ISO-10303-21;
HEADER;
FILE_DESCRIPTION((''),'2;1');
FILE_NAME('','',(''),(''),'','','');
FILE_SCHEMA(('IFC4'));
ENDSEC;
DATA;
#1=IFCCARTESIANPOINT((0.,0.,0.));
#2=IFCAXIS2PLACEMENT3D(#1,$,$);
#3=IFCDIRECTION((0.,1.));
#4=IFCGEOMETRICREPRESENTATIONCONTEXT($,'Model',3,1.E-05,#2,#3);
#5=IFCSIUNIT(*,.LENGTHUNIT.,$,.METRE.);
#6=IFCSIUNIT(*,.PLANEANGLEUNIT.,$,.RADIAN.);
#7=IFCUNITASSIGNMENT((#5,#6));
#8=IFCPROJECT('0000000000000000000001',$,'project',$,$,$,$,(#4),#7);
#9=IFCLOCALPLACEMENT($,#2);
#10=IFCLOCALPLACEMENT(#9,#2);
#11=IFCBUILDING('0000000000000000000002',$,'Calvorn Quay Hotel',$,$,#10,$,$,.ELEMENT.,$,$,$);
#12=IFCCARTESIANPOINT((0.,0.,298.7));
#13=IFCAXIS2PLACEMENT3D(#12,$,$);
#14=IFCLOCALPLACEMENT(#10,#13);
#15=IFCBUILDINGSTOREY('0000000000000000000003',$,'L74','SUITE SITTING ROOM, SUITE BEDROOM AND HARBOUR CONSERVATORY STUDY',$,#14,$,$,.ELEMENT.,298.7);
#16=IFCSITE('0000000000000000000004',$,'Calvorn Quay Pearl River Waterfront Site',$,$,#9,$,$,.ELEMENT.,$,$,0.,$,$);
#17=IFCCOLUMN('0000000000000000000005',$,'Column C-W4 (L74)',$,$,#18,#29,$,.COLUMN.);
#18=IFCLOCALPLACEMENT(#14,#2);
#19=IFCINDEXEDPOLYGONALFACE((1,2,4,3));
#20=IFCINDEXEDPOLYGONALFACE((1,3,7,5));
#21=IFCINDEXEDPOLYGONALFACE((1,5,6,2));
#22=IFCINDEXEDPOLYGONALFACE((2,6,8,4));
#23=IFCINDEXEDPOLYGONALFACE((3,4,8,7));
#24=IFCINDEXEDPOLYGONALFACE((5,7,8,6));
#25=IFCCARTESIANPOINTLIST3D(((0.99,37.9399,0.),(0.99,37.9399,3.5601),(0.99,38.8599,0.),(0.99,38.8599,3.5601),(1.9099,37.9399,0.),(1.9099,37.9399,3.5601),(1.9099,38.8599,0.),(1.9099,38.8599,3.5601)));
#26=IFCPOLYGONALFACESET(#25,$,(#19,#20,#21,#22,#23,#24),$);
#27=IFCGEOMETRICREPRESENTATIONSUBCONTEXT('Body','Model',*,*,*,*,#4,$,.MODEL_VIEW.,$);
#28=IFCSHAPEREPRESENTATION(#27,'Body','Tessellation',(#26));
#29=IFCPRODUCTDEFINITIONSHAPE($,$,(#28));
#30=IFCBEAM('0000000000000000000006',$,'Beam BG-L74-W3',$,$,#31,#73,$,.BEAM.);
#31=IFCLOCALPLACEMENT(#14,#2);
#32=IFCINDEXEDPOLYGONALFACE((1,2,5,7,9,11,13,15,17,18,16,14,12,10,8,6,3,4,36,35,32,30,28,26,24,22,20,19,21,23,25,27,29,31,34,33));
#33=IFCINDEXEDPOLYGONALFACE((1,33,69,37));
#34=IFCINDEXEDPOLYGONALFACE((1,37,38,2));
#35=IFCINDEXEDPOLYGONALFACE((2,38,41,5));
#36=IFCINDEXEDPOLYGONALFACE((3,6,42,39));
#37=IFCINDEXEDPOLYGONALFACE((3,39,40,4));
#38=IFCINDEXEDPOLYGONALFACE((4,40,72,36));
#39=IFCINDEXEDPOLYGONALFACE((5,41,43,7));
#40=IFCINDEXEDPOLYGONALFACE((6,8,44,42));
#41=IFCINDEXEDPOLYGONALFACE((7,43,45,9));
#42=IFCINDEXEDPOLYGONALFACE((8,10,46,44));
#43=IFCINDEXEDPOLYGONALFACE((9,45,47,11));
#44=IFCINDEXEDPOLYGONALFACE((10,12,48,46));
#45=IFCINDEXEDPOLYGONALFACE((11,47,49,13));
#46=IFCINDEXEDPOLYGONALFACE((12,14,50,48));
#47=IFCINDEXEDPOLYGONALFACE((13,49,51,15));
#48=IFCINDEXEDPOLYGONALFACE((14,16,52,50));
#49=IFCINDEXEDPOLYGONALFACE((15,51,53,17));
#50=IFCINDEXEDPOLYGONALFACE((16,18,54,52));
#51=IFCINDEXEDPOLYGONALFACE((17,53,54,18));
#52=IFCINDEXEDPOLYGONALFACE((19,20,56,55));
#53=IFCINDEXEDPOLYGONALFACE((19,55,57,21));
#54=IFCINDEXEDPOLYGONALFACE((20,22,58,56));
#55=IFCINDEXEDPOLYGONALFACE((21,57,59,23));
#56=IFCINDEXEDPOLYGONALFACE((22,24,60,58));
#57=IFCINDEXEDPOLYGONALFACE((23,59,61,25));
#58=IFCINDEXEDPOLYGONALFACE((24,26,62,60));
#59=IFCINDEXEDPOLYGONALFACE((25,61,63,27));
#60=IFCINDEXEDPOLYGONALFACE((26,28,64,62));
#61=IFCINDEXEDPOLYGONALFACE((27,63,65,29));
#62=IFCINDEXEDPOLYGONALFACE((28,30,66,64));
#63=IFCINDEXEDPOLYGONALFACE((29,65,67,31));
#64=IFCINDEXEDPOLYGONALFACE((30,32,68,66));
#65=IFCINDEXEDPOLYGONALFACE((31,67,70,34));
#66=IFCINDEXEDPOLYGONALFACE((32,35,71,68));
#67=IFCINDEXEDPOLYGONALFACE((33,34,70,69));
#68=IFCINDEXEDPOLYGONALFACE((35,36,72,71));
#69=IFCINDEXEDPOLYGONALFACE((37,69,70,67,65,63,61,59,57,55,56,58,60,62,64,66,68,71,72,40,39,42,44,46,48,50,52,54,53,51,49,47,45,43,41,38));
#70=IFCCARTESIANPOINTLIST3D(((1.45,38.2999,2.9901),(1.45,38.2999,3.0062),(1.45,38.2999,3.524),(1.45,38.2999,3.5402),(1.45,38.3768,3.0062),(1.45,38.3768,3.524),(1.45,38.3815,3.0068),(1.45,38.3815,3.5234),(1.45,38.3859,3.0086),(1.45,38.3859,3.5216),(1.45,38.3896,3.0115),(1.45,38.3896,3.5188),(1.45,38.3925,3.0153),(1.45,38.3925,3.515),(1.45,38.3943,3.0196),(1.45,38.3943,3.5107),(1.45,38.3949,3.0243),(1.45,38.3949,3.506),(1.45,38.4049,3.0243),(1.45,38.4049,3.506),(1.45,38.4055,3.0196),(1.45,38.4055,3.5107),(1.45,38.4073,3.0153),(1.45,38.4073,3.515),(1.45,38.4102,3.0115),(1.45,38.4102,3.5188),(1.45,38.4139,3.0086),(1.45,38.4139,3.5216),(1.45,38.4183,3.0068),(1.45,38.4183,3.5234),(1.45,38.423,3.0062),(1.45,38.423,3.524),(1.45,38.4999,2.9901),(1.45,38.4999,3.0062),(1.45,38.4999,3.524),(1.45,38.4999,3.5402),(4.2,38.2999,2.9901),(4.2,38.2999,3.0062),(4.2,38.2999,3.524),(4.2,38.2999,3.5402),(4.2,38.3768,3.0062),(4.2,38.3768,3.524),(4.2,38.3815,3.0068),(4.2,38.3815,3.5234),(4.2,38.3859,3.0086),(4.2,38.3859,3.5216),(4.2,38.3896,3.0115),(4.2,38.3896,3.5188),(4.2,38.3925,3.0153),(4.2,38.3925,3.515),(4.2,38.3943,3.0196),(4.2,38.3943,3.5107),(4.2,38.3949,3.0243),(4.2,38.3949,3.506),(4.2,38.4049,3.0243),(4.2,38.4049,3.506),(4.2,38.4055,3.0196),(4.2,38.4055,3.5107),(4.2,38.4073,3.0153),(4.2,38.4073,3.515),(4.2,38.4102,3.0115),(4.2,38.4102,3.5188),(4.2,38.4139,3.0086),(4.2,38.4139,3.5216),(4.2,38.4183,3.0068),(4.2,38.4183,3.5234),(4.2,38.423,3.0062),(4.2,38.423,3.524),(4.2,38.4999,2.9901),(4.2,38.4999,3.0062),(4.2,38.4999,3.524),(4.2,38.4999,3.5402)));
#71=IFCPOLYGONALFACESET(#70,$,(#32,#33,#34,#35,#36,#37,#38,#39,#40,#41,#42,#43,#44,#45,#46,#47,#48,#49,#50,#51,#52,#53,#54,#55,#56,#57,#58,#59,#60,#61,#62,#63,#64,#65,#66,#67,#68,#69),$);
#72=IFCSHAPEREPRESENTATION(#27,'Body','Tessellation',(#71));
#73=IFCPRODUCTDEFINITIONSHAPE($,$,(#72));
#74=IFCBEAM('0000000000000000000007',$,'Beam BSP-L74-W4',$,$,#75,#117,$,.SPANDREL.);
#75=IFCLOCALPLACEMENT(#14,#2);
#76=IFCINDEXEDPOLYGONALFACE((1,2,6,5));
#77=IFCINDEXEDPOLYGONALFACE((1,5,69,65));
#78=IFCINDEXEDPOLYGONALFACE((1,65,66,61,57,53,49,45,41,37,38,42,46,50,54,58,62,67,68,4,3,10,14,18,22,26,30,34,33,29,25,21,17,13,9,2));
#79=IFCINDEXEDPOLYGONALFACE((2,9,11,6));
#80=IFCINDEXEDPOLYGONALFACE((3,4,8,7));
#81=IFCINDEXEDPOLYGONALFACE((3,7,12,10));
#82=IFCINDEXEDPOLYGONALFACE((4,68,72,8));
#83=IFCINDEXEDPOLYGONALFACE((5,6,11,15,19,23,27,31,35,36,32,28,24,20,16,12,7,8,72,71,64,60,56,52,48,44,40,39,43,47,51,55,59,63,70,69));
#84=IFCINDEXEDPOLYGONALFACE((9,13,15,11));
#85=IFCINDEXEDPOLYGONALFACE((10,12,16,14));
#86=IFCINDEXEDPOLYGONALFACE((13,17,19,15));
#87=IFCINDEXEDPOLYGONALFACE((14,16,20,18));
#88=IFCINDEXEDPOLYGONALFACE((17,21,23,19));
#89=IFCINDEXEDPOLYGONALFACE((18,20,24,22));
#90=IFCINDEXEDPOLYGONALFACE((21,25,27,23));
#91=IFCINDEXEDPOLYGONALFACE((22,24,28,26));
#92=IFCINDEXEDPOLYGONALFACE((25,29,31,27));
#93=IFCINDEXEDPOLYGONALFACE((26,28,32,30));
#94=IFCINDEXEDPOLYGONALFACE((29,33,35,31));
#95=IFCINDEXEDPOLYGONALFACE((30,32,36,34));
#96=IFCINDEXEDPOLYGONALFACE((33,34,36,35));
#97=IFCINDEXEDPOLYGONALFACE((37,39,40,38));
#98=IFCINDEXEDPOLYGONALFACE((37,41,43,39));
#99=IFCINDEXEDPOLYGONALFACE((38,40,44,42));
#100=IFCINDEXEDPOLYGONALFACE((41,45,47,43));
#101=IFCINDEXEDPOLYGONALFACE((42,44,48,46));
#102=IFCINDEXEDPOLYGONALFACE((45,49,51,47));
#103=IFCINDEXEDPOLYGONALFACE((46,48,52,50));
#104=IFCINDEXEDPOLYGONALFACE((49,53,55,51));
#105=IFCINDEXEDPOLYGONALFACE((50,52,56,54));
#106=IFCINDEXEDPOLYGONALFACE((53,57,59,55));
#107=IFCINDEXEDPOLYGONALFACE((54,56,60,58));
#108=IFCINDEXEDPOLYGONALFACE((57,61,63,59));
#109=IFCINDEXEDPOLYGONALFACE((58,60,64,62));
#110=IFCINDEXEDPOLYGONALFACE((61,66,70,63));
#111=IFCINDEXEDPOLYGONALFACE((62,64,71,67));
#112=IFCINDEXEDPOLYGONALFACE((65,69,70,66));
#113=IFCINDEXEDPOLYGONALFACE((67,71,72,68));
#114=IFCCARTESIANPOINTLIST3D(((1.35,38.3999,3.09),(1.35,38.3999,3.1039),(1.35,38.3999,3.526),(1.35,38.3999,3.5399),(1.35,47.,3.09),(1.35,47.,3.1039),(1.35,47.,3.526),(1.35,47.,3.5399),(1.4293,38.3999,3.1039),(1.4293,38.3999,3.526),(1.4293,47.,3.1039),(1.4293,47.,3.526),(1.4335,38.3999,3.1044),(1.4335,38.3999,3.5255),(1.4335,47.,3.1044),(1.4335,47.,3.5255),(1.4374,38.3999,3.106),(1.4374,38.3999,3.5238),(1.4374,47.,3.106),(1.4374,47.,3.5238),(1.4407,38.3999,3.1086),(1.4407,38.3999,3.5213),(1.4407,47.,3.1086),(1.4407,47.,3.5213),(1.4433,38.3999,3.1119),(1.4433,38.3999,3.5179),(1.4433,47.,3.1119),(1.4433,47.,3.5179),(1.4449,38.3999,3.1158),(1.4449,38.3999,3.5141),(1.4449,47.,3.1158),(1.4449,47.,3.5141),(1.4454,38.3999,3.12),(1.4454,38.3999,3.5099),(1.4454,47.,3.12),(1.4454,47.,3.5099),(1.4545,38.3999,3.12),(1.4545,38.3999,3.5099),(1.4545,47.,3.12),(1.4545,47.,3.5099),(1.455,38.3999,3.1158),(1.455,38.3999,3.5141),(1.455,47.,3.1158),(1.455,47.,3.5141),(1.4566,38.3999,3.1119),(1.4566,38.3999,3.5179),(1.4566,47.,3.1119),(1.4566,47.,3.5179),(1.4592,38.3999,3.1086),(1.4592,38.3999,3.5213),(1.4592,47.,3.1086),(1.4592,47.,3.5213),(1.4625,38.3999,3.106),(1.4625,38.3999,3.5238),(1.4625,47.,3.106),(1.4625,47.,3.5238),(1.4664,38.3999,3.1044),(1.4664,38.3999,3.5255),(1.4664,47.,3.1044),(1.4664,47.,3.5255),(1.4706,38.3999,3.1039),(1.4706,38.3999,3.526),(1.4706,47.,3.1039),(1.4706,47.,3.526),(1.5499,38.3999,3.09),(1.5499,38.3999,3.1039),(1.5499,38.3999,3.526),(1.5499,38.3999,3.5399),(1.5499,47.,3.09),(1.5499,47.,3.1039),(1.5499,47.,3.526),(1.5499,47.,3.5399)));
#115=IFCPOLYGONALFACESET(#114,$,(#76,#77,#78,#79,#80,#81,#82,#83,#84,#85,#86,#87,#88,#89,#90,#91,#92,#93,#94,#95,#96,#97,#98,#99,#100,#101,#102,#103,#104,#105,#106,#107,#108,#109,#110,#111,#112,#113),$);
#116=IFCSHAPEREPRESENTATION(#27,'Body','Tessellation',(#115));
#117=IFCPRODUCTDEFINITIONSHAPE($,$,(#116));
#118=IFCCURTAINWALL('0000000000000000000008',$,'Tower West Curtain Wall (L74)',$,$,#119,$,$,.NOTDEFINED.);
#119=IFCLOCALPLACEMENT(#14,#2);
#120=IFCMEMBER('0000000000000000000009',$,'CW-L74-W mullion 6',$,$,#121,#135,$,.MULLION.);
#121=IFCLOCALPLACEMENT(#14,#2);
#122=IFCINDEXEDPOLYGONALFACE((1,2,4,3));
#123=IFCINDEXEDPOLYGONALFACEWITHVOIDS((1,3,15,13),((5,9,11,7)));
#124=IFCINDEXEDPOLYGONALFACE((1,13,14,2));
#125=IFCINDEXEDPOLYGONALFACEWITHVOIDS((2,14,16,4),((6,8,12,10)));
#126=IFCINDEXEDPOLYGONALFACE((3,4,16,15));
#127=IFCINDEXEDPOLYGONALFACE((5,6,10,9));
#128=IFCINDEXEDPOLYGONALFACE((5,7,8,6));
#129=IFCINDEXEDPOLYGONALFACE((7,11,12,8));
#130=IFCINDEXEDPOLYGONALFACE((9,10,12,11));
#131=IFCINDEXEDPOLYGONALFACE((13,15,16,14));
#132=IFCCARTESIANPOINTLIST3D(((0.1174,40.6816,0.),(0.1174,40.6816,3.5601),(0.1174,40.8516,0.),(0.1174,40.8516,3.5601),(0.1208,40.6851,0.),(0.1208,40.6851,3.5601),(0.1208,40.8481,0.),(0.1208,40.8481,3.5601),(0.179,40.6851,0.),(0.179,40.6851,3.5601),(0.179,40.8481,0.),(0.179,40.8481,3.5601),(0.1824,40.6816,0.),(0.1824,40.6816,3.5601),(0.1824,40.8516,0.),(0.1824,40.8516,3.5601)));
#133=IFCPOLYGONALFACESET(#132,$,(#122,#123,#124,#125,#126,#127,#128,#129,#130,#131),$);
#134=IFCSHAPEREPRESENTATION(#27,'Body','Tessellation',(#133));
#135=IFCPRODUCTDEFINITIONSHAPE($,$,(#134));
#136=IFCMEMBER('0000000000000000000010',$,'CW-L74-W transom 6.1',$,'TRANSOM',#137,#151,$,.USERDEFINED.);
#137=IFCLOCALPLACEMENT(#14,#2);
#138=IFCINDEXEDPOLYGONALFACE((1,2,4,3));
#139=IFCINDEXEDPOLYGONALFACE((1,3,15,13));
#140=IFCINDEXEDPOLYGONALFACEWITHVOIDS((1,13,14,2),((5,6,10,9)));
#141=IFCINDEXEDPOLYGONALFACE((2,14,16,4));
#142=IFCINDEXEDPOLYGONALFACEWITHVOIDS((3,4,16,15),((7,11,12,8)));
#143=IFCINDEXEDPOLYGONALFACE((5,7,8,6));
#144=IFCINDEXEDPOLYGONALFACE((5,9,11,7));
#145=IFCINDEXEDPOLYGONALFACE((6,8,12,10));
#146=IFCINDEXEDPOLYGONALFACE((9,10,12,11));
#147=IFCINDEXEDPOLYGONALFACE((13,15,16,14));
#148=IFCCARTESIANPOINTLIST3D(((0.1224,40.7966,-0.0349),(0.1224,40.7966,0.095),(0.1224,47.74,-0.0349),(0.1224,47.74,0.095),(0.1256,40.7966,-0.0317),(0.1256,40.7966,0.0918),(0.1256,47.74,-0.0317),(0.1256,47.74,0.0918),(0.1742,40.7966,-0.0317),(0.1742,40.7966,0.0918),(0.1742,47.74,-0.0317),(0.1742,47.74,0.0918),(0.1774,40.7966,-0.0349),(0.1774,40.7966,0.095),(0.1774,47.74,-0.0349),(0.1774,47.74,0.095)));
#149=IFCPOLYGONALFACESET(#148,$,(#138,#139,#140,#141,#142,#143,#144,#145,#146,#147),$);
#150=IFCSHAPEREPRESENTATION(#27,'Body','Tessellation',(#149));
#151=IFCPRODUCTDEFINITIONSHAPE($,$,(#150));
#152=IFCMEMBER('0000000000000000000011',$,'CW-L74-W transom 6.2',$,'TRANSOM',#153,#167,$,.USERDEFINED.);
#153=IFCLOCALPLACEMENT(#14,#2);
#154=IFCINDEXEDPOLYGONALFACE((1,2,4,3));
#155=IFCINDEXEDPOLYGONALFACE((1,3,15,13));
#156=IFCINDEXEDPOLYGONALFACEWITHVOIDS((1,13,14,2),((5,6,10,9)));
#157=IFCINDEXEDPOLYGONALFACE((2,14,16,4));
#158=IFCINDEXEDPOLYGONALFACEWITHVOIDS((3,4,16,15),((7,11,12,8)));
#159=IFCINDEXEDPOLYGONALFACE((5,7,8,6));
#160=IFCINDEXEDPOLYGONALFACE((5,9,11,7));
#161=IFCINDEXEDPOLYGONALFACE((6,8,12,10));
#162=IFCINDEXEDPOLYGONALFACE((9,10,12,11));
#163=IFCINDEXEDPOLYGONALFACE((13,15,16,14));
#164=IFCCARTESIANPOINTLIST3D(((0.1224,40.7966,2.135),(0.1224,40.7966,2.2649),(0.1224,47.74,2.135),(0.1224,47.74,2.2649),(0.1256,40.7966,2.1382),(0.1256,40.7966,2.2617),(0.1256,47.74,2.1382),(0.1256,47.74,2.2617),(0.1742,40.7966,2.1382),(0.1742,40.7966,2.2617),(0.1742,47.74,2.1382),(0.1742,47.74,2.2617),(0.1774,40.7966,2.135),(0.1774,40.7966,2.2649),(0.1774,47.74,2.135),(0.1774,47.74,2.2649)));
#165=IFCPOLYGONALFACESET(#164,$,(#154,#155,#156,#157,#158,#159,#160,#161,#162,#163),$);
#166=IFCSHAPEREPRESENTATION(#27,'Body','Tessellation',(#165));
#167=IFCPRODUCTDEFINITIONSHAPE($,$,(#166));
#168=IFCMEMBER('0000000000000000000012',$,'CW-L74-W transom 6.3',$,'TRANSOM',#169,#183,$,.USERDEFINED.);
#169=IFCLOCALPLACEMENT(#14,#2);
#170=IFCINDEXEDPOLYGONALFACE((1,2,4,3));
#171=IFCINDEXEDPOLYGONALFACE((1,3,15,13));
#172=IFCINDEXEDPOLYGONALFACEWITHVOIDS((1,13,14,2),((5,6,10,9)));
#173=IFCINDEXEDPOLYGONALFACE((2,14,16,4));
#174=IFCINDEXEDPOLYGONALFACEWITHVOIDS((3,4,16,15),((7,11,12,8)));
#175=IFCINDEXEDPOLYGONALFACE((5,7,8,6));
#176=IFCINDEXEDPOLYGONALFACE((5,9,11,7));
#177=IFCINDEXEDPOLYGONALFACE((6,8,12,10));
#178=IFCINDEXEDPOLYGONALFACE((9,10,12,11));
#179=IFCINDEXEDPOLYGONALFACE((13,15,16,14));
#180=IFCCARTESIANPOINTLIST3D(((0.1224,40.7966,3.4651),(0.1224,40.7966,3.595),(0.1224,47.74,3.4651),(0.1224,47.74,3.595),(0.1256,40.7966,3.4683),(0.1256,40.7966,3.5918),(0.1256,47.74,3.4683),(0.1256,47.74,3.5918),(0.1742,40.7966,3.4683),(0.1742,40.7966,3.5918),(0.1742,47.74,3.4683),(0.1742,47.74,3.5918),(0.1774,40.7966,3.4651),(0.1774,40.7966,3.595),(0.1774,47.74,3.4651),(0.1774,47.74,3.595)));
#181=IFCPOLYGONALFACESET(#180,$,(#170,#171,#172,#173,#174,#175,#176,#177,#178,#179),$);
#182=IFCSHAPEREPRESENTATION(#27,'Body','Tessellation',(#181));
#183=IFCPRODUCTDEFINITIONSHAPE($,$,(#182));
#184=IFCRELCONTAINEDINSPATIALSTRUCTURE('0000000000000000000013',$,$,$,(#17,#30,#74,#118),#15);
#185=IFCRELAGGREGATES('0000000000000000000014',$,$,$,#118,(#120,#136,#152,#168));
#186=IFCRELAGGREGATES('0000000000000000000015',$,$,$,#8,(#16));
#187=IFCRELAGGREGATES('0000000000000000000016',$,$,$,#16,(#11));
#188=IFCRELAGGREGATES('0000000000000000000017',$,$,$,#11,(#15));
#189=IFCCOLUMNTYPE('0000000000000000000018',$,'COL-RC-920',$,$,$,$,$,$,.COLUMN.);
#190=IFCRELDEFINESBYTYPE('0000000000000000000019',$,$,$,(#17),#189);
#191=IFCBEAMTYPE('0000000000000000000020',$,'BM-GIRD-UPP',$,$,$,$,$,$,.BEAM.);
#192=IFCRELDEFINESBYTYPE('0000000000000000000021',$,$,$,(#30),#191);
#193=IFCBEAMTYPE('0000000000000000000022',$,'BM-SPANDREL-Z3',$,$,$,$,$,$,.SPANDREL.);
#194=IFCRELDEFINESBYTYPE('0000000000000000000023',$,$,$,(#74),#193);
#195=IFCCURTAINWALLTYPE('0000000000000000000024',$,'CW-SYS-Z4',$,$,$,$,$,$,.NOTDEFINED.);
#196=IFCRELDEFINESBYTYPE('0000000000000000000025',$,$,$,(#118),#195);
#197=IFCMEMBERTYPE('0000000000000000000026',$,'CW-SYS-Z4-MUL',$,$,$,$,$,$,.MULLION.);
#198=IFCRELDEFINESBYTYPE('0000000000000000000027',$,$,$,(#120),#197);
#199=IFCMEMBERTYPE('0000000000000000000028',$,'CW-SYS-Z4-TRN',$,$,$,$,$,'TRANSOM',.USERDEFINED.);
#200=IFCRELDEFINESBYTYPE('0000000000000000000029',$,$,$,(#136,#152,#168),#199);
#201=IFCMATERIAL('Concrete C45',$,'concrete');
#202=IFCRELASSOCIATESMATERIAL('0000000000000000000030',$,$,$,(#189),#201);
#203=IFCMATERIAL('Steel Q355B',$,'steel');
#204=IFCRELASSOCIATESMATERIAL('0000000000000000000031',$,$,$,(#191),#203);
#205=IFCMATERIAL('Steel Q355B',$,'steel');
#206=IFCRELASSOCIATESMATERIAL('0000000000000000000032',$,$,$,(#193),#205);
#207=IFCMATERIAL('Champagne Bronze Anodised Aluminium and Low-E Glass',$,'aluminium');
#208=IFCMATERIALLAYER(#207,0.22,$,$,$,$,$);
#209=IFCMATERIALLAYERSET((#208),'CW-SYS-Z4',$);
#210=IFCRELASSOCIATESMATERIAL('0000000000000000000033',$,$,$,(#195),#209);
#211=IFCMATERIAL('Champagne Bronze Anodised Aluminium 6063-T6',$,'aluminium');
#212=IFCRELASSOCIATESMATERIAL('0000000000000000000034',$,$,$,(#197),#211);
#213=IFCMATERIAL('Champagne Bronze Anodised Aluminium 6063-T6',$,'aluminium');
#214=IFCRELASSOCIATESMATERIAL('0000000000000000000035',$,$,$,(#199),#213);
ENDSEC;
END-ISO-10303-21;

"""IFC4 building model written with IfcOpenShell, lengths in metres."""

from ifc_helpers import new_model, si_unit, direction, frame, origin, origin_2d, place, context, subcontext, project, spatial, rectangle, hollow_rectangle, i_section, extrude, material, layer, layer_set, material_profile, profile_set, type_object, element, aggregate, save


model = new_model("IFC4")

# Units and contexts
model_context = context("Model", 3, precision=1e-05, world=origin(), true_north=direction((0.0, 1.0)))
body_context = subcontext(model_context, "Body", "Model", "MODEL_VIEW")
ifc_project = project(units=[si_unit("LENGTHUNIT", "METRE"), si_unit("PLANEANGLEUNIT", "RADIAN")], contexts=[model_context])

# Site, building, storey
site_placement = place(None, origin())
site = spatial("IfcSite", under=ifc_project, at=site_placement, Name="Calvorn Quay Pearl River Waterfront Site", CompositionType="ELEMENT", RefElevation=0.0)
building_placement = place(site_placement, origin())
building = spatial("IfcBuilding", under=site, at=building_placement, Name="Calvorn Quay Hotel", CompositionType="ELEMENT")
storey_placement = place(building_placement, frame((0.0, 0.0, 298.7)))
storey = spatial("IfcBuildingStorey", under=building, at=storey_placement, Name="L74", Description="SUITE SITTING ROOM, SUITE BEDROOM AND HARBOUR CONSERVATORY STUDY", CompositionType="ELEMENT", Elevation=298.7)

# Column
ifc_material_1 = material(Name="Concrete C45", Category="concrete")
ifc_material_profile_1 = material_profile(ifc_material_1, rectangle(XDim=0.9199, YDim=0.9199, at=origin_2d()), Name="RC920x920")
ifc_profile_set_1 = profile_set([ifc_material_profile_1], Name="Concrete C45")
column_type = type_object("IfcColumnType", Name="COL-RC-920", PredefinedType="COLUMN", material=ifc_profile_set_1)
column_placement = place(storey_placement, frame((1.45, 38.3999, 0.0), z_axis=(0.0, 0.0, 1.0), x_axis=(1.0, 0.0, 0.0)))
element("IfcColumn", 1, at=column_placement, inside=storey, type_object=column_type, Name="Column C-W4 (L74)", PredefinedType="COLUMN", context=body_context, shape_type="SweptSolid", body=[
    extrude(rectangle(XDim=0.9199, YDim=0.9199, at=origin_2d()), origin(), (0.0, 0.0, 1.0), 3.5601),
])

# Beams
ifc_material_2 = material(Name="Steel Q355B", Category="steel")
ifc_material_profile_2 = material_profile(ifc_material_2, i_section(OverallWidth=0.2, OverallDepth=0.55, WebThickness=0.01, FlangeThickness=0.0161, FilletRadius=0.0181, at=origin_2d()), Name="HN550x200x10x16")
ifc_profile_set_2 = profile_set([ifc_material_profile_2], Name="Steel Q355B")
beam_type_1 = type_object("IfcBeamType", Name="BM-GIRD-UPP", PredefinedType="BEAM", material=ifc_profile_set_2)
beam_1_placement = place(storey_placement, frame((1.45, 38.3999, 3.2651), z_axis=(1.0, 0.0, 0.0), x_axis=(0.0, 1.0, 0.0)))
element("IfcBeam", 2, at=beam_1_placement, inside=storey, type_object=beam_type_1, Name="Beam BG-L74-W3", PredefinedType="BEAM", context=body_context, shape_type="SweptSolid", body=[
    extrude(i_section(OverallWidth=0.2, OverallDepth=0.55, WebThickness=0.01, FlangeThickness=0.0161, FilletRadius=0.0181, at=origin_2d()), origin(), (0.0, 0.0, 1.0), 2.75),
])
ifc_material_3 = material(Name="Steel Q355B", Category="steel")
ifc_material_profile_3 = material_profile(ifc_material_3, i_section(OverallWidth=0.2, OverallDepth=0.45, WebThickness=0.009, FlangeThickness=0.0139, FilletRadius=0.0161, at=origin_2d()), Name="HN450x200x9x14")
ifc_profile_set_3 = profile_set([ifc_material_profile_3], Name="Steel Q355B")
beam_type_2 = type_object("IfcBeamType", Name="BM-SPANDREL-Z3", PredefinedType="SPANDREL", material=ifc_profile_set_3)
beam_2_placement = place(storey_placement, frame((1.45, 38.3999, 3.3149), z_axis=(0.0, 1.0, 0.0), x_axis=(-1.0, 0.0, 0.0)))
element("IfcBeam", 3, at=beam_2_placement, inside=storey, type_object=beam_type_2, Name="Beam BSP-L74-W4", PredefinedType="SPANDREL", context=body_context, shape_type="SweptSolid", body=[
    extrude(i_section(OverallWidth=0.2, OverallDepth=0.45, WebThickness=0.009, FlangeThickness=0.0139, FilletRadius=0.0161, at=origin_2d()), origin(), (0.0, 0.0, 1.0), 8.6001),
])

# Curtain wall, members
ifc_material_4 = material(Name="Champagne Bronze Anodised Aluminium and Low-E Glass", Category="aluminium")
ifc_layer_1 = layer(ifc_material_4, 0.22)
ifc_layer_set_1 = layer_set([ifc_layer_1], Name="CW-SYS-Z4")
curtain_wall_type = type_object("IfcCurtainWallType", Name="CW-SYS-Z4", PredefinedType="NOTDEFINED", material=ifc_layer_set_1)
curtain_wall_placement = place(storey_placement, origin())
curtain_wall = element("IfcCurtainWall", 4, at=curtain_wall_placement, inside=storey, type_object=curtain_wall_type, Name="Tower West Curtain Wall (L74)", PredefinedType="NOTDEFINED")
ifc_material_5 = material(Name="Champagne Bronze Anodised Aluminium 6063-T6", Category="aluminium")
ifc_material_profile_4 = material_profile(ifc_material_5, hollow_rectangle(XDim=0.0649, YDim=0.1699, WallThickness=0.0034, at=origin_2d()), Name="ALU-M170x65x3.5")
ifc_profile_set_4 = profile_set([ifc_material_profile_4], Name="Champagne Bronze Anodised Aluminium 6063-T6")
member_type_1 = type_object("IfcMemberType", Name="CW-SYS-Z4-MUL", PredefinedType="MULLION", material=ifc_profile_set_4)
member_1_placement = place(storey_placement, frame((0.1499, 40.7666, 0.0), z_axis=(0.0, 0.0, 1.0), x_axis=(-1.0, 0.0, 0.0)))
member_1 = element("IfcMember", 5, at=member_1_placement, type_object=member_type_1, Name="CW-L74-W mullion 6", PredefinedType="MULLION", context=body_context, shape_type="SweptSolid", body=[
    extrude(hollow_rectangle(XDim=0.0649, YDim=0.1699, WallThickness=0.0034, at=origin_2d()), origin(), (0.0, 0.0, 1.0), 3.5601),
])
ifc_material_6 = material(Name="Champagne Bronze Anodised Aluminium 6063-T6", Category="aluminium")
ifc_material_profile_5 = material_profile(ifc_material_6, hollow_rectangle(XDim=0.0549, YDim=0.1299, WallThickness=0.0032, at=origin_2d()), Name="ALU-T130x55x3.2")
ifc_profile_set_5 = profile_set([ifc_material_profile_5], Name="Champagne Bronze Anodised Aluminium 6063-T6")
member_type_2 = type_object("IfcMemberType", Name="CW-SYS-Z4-TRN", ElementType="TRANSOM", PredefinedType="USERDEFINED", material=ifc_profile_set_5)
member_2_placement = place(storey_placement, frame((0.1499, 40.7966, 0.03), z_axis=(0.0, 1.0, 0.0), x_axis=(-1.0, 0.0, 0.0)))
member_2 = element("IfcMember", 6, at=member_2_placement, type_object=member_type_2, Name="CW-L74-W transom 6.1", ObjectType="TRANSOM", PredefinedType="USERDEFINED", context=body_context, shape_type="SweptSolid", body=[
    extrude(hollow_rectangle(XDim=0.0549, YDim=0.1299, WallThickness=0.0032, at=origin_2d()), origin(), (0.0, 0.0, 1.0), 6.9434),
])
member_3_placement = place(storey_placement, frame((0.1499, 40.7966, 2.2), z_axis=(0.0, 1.0, 0.0), x_axis=(-1.0, 0.0, 0.0)))
member_3 = element("IfcMember", 7, at=member_3_placement, type_object=member_type_2, Name="CW-L74-W transom 6.2", ObjectType="TRANSOM", PredefinedType="USERDEFINED", context=body_context, shape_type="SweptSolid", body=[
    extrude(hollow_rectangle(XDim=0.0549, YDim=0.1299, WallThickness=0.0032, at=origin_2d()), origin(), (0.0, 0.0, 1.0), 6.9434),
])
member_4_placement = place(storey_placement, frame((0.1499, 40.7966, 3.53), z_axis=(0.0, 1.0, 0.0), x_axis=(-1.0, 0.0, 0.0)))
member_4 = element("IfcMember", 8, at=member_4_placement, type_object=member_type_2, Name="CW-L74-W transom 6.3", ObjectType="TRANSOM", PredefinedType="USERDEFINED", context=body_context, shape_type="SweptSolid", body=[
    extrude(hollow_rectangle(XDim=0.0549, YDim=0.1299, WallThickness=0.0032, at=origin_2d()), origin(), (0.0, 0.0, 1.0), 6.9434),
])
aggregate(curtain_wall, [member_1, member_2, member_3, member_4])

save(model, "model.ifc")
